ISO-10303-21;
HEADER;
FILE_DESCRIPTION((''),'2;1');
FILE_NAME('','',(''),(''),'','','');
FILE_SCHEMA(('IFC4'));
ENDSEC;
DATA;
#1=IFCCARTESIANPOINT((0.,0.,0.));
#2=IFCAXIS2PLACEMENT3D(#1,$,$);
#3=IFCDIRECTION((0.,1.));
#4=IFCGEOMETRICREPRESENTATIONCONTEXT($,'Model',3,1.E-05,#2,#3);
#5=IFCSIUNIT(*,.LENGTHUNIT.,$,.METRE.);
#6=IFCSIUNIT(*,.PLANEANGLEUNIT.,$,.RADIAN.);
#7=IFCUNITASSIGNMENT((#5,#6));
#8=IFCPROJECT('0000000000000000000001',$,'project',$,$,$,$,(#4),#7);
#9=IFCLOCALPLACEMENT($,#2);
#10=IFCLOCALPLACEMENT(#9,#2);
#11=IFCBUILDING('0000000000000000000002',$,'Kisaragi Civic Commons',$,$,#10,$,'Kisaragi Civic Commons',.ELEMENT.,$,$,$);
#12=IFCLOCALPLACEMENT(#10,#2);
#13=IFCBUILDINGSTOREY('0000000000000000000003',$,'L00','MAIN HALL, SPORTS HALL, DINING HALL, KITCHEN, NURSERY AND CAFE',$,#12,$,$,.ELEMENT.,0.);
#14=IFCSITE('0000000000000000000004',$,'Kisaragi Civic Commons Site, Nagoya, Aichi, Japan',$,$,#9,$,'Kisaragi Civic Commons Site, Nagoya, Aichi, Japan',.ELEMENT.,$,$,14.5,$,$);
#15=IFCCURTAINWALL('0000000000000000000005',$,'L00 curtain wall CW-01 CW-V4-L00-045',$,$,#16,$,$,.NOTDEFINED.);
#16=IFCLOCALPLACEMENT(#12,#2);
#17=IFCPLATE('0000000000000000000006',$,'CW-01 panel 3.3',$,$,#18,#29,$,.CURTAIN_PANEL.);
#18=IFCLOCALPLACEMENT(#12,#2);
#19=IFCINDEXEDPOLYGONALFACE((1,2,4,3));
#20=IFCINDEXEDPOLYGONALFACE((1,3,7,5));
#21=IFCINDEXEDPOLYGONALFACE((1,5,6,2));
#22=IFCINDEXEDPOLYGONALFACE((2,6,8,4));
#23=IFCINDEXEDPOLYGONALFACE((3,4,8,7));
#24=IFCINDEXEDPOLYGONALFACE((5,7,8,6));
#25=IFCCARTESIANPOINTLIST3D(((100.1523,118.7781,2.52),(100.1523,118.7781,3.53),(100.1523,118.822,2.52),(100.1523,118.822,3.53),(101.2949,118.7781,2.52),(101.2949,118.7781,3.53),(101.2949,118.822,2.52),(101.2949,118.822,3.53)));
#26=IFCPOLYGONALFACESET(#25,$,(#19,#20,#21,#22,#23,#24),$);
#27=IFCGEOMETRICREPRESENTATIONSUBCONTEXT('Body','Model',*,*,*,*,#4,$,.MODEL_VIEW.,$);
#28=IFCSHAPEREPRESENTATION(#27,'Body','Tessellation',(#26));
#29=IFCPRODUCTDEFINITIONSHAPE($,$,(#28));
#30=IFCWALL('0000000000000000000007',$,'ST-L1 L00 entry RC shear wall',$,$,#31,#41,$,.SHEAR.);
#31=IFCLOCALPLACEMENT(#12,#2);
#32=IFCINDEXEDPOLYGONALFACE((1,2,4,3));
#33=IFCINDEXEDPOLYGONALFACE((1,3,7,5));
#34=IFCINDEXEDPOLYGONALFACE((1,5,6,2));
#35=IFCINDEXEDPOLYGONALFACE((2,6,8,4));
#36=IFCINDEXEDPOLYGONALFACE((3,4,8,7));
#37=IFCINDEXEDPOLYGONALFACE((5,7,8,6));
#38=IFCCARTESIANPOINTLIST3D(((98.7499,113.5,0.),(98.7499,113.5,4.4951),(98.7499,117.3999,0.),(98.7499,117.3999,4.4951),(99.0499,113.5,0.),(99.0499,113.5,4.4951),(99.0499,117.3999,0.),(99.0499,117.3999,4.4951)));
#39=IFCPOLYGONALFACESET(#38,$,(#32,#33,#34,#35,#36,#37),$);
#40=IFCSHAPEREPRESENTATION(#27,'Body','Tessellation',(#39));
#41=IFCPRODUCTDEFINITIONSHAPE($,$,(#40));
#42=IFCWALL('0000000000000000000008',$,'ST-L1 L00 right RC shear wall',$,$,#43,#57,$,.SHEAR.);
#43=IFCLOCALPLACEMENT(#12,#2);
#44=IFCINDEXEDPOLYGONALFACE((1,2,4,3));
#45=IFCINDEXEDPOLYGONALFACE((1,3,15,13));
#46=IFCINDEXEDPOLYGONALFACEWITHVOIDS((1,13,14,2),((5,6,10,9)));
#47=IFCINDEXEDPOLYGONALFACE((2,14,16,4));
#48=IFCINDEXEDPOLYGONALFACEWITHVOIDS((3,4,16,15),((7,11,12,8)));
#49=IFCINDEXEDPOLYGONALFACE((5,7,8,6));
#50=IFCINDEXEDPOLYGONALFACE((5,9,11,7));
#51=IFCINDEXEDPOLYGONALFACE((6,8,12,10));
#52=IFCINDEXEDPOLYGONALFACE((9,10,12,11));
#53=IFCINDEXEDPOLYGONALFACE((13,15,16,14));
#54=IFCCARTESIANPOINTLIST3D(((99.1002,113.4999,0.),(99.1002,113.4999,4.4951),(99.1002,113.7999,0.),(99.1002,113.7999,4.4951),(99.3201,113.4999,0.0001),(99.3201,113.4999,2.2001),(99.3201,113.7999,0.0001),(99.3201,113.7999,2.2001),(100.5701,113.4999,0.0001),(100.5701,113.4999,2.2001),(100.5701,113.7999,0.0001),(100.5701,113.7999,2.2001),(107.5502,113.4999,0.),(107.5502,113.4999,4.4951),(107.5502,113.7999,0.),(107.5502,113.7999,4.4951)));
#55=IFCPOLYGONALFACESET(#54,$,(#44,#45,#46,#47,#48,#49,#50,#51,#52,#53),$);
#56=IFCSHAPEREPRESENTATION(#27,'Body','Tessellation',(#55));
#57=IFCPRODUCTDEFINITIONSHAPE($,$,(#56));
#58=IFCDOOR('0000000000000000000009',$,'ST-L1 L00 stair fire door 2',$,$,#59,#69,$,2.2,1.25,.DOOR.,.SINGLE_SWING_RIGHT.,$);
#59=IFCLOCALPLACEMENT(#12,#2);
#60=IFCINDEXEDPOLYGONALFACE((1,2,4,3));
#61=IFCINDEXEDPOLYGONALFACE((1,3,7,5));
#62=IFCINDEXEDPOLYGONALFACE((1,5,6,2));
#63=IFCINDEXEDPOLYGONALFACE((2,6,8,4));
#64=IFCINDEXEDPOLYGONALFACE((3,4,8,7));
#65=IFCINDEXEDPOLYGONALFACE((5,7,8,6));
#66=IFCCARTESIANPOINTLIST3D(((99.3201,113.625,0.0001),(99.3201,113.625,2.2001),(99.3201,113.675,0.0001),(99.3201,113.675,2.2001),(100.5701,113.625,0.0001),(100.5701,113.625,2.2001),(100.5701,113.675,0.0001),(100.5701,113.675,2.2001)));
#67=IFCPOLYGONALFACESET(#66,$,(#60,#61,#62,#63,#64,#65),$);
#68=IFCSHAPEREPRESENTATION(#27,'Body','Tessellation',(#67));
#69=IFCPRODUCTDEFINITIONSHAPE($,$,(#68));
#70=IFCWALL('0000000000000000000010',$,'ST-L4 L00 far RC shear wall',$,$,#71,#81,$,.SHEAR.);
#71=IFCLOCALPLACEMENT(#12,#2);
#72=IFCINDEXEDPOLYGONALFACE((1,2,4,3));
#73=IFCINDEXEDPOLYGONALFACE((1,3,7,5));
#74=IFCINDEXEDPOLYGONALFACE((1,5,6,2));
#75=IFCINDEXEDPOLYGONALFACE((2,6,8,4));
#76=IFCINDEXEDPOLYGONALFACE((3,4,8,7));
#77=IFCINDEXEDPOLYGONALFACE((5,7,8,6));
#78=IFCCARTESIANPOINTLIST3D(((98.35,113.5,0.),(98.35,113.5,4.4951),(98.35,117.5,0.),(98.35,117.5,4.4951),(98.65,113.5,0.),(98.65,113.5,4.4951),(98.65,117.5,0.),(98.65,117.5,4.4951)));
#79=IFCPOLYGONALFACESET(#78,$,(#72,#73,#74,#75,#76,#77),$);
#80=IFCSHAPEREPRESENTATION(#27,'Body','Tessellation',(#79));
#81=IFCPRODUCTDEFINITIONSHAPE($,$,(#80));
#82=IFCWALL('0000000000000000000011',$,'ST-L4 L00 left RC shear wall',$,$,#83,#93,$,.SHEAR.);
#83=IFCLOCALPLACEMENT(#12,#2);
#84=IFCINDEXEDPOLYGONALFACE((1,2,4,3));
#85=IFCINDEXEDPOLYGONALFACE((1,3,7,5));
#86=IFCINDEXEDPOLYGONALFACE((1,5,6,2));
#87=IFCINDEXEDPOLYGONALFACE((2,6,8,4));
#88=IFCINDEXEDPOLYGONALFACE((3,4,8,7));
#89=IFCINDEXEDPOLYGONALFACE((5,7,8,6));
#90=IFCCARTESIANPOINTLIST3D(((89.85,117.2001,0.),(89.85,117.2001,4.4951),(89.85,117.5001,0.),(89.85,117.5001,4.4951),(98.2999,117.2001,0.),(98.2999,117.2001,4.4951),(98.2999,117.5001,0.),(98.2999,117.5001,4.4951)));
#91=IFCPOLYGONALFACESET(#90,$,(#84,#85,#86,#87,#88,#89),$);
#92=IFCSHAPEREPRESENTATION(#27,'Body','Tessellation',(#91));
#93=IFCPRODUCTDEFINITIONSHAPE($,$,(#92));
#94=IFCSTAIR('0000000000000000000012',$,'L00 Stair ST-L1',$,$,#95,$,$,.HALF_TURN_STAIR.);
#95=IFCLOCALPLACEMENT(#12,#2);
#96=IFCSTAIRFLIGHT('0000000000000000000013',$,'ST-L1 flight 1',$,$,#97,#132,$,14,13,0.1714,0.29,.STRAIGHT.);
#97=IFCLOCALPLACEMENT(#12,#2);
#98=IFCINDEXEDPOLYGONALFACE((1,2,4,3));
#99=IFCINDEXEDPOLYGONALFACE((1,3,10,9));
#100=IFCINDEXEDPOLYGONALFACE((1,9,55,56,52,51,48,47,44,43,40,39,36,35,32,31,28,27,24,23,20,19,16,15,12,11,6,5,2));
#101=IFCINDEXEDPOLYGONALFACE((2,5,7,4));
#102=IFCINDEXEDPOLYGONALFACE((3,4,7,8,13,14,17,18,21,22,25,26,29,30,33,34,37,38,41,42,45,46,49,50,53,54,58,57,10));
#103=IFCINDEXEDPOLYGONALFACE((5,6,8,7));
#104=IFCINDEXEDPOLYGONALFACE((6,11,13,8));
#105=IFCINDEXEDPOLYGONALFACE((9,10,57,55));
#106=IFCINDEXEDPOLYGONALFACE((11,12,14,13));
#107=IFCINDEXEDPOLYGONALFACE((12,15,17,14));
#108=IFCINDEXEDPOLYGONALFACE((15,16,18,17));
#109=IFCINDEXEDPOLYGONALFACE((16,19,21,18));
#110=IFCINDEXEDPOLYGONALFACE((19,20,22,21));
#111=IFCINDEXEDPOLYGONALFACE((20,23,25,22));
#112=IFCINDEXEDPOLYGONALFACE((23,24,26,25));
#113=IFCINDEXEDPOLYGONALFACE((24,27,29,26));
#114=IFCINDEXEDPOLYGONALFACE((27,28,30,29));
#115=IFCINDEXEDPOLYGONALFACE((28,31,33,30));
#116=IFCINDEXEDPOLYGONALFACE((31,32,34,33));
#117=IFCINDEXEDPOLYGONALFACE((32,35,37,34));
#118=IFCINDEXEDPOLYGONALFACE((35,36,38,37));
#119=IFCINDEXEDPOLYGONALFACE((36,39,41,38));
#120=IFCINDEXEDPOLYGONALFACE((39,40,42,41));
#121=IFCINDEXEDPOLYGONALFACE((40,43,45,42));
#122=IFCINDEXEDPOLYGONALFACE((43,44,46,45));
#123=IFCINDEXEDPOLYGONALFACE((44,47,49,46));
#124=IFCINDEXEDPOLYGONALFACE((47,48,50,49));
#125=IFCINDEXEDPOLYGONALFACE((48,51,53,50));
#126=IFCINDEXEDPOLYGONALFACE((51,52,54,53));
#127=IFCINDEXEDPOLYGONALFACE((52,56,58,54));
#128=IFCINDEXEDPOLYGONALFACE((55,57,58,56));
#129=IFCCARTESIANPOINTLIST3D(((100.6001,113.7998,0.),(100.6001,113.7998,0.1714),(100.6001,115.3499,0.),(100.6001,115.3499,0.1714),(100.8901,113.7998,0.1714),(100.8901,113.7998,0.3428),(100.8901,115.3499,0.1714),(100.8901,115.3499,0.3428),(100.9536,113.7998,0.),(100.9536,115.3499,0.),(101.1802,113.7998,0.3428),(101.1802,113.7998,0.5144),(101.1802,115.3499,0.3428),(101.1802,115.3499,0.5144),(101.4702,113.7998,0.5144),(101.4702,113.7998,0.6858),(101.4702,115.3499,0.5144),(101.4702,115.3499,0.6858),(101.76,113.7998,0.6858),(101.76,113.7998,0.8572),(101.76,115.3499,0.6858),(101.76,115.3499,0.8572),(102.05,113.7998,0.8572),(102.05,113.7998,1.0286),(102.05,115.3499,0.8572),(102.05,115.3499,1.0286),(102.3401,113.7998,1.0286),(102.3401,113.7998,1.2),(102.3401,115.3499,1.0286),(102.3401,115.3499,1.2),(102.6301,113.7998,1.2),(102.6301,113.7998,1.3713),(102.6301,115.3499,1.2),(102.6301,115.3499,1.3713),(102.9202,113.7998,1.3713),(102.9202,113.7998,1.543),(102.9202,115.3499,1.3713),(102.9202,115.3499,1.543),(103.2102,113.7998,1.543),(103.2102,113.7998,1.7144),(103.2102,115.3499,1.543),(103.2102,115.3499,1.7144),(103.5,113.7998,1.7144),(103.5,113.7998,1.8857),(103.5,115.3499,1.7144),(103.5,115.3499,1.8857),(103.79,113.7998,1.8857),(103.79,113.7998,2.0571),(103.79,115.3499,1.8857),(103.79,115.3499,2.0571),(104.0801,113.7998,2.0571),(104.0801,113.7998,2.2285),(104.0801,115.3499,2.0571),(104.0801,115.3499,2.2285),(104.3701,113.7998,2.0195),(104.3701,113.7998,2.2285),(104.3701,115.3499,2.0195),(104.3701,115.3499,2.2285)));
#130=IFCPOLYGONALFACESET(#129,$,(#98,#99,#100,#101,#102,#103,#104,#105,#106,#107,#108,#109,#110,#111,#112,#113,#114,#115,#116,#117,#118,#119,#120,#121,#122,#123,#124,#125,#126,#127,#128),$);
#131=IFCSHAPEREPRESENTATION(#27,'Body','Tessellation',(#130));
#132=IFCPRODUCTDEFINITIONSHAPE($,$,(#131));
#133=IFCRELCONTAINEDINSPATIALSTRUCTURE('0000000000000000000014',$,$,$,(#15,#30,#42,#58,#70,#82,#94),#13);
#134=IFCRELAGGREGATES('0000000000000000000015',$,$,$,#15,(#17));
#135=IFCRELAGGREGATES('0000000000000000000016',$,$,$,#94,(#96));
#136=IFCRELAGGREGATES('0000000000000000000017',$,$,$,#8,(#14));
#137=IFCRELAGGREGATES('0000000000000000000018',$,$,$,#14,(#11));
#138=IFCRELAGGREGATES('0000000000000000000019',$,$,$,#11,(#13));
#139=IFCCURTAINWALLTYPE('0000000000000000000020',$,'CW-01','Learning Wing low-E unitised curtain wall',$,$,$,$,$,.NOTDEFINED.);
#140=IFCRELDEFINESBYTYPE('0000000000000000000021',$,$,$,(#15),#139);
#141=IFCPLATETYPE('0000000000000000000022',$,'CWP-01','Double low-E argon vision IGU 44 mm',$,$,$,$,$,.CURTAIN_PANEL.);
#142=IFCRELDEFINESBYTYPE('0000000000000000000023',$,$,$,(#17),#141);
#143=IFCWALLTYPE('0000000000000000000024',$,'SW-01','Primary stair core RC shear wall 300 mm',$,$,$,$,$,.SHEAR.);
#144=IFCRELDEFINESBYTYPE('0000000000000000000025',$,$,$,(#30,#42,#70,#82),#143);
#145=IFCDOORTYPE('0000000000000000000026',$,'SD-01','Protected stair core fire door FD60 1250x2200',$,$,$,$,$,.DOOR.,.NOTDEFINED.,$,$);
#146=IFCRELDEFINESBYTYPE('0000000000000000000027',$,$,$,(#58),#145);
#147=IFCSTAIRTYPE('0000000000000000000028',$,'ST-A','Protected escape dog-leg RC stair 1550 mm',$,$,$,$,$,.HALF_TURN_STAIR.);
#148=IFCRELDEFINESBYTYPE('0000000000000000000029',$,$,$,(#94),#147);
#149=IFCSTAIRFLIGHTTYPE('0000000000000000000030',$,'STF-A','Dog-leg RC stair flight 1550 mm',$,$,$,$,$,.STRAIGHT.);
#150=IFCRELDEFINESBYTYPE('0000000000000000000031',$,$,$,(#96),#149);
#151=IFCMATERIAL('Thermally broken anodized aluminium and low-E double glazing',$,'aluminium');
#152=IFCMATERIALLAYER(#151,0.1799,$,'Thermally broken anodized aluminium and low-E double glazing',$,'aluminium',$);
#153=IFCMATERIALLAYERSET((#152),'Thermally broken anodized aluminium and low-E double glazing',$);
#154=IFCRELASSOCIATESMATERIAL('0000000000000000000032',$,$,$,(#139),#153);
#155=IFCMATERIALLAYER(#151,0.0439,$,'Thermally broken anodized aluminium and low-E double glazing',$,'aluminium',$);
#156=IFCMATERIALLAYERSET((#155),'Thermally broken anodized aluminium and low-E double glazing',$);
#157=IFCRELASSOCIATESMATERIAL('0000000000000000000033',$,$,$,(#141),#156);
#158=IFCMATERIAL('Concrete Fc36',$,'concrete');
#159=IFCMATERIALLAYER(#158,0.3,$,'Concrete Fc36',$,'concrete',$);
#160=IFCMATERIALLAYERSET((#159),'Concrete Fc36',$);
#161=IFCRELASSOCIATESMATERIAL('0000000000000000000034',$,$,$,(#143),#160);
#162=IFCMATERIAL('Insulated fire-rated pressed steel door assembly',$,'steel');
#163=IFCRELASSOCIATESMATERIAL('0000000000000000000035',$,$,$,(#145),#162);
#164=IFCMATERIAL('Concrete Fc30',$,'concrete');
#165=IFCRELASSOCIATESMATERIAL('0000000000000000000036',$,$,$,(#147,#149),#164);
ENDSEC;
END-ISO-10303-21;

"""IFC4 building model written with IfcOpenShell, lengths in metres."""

from ifc_helpers import new_model, si_unit, direction, frame, frame_2d, origin, origin_2d, place, context, subcontext, project, spatial, polyline, rectangle, outline, extrude, material, layer, layer_set, type_object, element, fill, aggregate, save


model = new_model("IFC4")

# Units and contexts
model_context = context("Model", 3, precision=1e-05, world=origin(), true_north=direction((0.0, 1.0)))
body_context = subcontext(model_context, "Body", "Model", "MODEL_VIEW")
ifc_project = project(units=[si_unit("LENGTHUNIT", "METRE"), si_unit("PLANEANGLEUNIT", "RADIAN")], contexts=[model_context])

# Site, building, storey
site_placement = place(None, origin())
site = spatial("IfcSite", under=ifc_project, at=site_placement, Name="Kisaragi Civic Commons Site, Nagoya, Aichi, Japan", LongName="Kisaragi Civic Commons Site, Nagoya, Aichi, Japan", CompositionType="ELEMENT", RefElevation=14.5)
building_placement = place(site_placement, origin())
building = spatial("IfcBuilding", under=site, at=building_placement, Name="Kisaragi Civic Commons", LongName="Kisaragi Civic Commons", CompositionType="ELEMENT")
storey_placement = place(building_placement, origin())
storey = spatial("IfcBuildingStorey", under=building, at=storey_placement, Name="L00", Description="MAIN HALL, SPORTS HALL, DINING HALL, KITCHEN, NURSERY AND CAFE", CompositionType="ELEMENT", Elevation=0.0)

# Curtain wall
ifc_material_1 = material(Name="Thermally broken anodized aluminium and low-E double glazing", Category="aluminium")
ifc_layer_1 = layer(ifc_material_1, 0.1799, Name="Thermally broken anodized aluminium and low-E double glazing", Category="aluminium")
ifc_layer_set_1 = layer_set([ifc_layer_1], Name="Thermally broken anodized aluminium and low-E double glazing")
curtain_wall_type = type_object("IfcCurtainWallType", Name="CW-01", Description="Learning Wing low-E unitised curtain wall", PredefinedType="NOTDEFINED", material=ifc_layer_set_1)
curtain_wall_placement = place(storey_placement, origin())
curtain_wall = element("IfcCurtainWall", 1, at=curtain_wall_placement, inside=storey, type_object=curtain_wall_type, Name="L00 curtain wall CW-01 CW-V4-L00-045", PredefinedType="NOTDEFINED")

# Shared definitions
ifc_material_2 = material(Name="Concrete Fc30", Category="concrete")

# Plate
ifc_layer_2 = layer(ifc_material_1, 0.0439, Name="Thermally broken anodized aluminium and low-E double glazing", Category="aluminium")
ifc_layer_set_2 = layer_set([ifc_layer_2], Name="Thermally broken anodized aluminium and low-E double glazing")
plate_type = type_object("IfcPlateType", Name="CWP-01", Description="Double low-E argon vision IGU 44 mm", PredefinedType="CURTAIN_PANEL", material=ifc_layer_set_2)
plate_1_placement = place(storey_placement, frame((100.7236, 118.8, 2.52), z_axis=(0.0, 0.0, 1.0), x_axis=(1.0, 0.0, 0.0)))
plate_1 = element("IfcPlate", 2, at=plate_1_placement, type_object=plate_type, Name="CW-01 panel 3.3", PredefinedType="CURTAIN_PANEL", context=body_context, shape_type="SweptSolid", body=[
    extrude(rectangle(XDim=1.1426, YDim=0.0439, at=origin_2d()), origin(), (0.0, 0.0, 1.0), 1.01),
])
aggregate(curtain_wall, [plate_1])

# Wall
ifc_material_3 = material(Name="Concrete Fc36", Category="concrete")
ifc_layer_3 = layer(ifc_material_3, 0.3, Name="Concrete Fc36", Category="concrete")
ifc_layer_set_3 = layer_set([ifc_layer_3], Name="Concrete Fc36")
wall_type = type_object("IfcWallType", Name="SW-01", Description="Primary stair core RC shear wall 300 mm", PredefinedType="SHEAR", material=ifc_layer_set_3)
wall_1_placement = place(storey_placement, frame((98.8999, 117.3999, 0.0), z_axis=(0.0, 0.0, 1.0), x_axis=(0.0, -1.0, 0.0)))
element("IfcWall", 3, at=wall_1_placement, inside=storey, type_object=wall_type, Name="ST-L1 L00 entry RC shear wall", PredefinedType="SHEAR", context=body_context, shape_type="SweptSolid", body=[
    extrude(rectangle(XDim=3.8999, YDim=0.3, at=frame_2d((1.95, 0.0))), origin(), (0.0, 0.0, 1.0), 4.4951),
])

# Wall, opening, door
wall_2_placement = place(storey_placement, frame((99.1001, 113.6499, 0.0), z_axis=(0.0, 0.0, 1.0), x_axis=(1.0, 0.0, 0.0)))
wall_2 = element("IfcWall", 4, at=wall_2_placement, inside=storey, type_object=wall_type, Name="ST-L1 L00 right RC shear wall", PredefinedType="SHEAR", context=body_context, shape_type="SweptSolid", body=[
    extrude(rectangle(XDim=8.45, YDim=0.3, at=frame_2d((4.2251, 0.0))), origin(), (0.0, 0.0, 1.0), 4.4951),
])
opening_placement = place(wall_2_placement, frame((0.22, 0.0, 0.0)))
opening = element("IfcOpeningElement", 5, at=opening_placement, cuts=wall_2, PredefinedType="OPENING", context=body_context, shape_type="SweptSolid", body=[
    extrude(rectangle(XDim=1.25, YDim=2.2, at=frame_2d((0.625, 1.1001))), frame((0.0, 0.1599, 0.0), z_axis=(0.0, -1.0, 0.0), x_axis=(1.0, 0.0, 0.0)), (0.0, 0.0, 1.0), 0.3201),
])
ifc_material_4 = material(Name="Insulated fire-rated pressed steel door assembly", Category="steel")
door_type = type_object("IfcDoorType", Name="SD-01", Description="Protected stair core fire door FD60 1250x2200", OperationType="NOTDEFINED", PredefinedType="DOOR", material=ifc_material_4)
door_placement = place(opening_placement, frame((1.25, 0.0, 0.0), z_axis=(0.0, 0.0, 1.0), x_axis=(-1.0, 0.0, 0.0)))
door = element("IfcDoor", 6, at=door_placement, inside=storey, type_object=door_type, Name="ST-L1 L00 stair fire door 2", OperationType="SINGLE_SWING_RIGHT", OverallHeight=2.2, OverallWidth=1.25, PredefinedType="DOOR", context=body_context, shape_type="SweptSolid", body=[
    extrude(rectangle(XDim=1.25, YDim=2.2, at=frame_2d((0.625, 1.1001))), frame((0.0, 0.0249, 0.0), z_axis=(0.0, -1.0, 0.0), x_axis=(1.0, 0.0, 0.0)), (0.0, 0.0, 1.0), 0.05),
])
fill(opening, door)

# Walls
wall_3_placement = place(storey_placement, frame((98.5, 113.5, 0.0), z_axis=(0.0, 0.0, 1.0), x_axis=(0.0, 1.0, 0.0)))
element("IfcWall", 7, at=wall_3_placement, inside=storey, type_object=wall_type, Name="ST-L4 L00 far RC shear wall", PredefinedType="SHEAR", context=body_context, shape_type="SweptSolid", body=[
    extrude(rectangle(XDim=4.0, YDim=0.3, at=frame_2d((2.0, 0.0))), origin(), (0.0, 0.0, 1.0), 4.4951),
])
wall_4_placement = place(storey_placement, frame((98.3, 117.3501, 0.0), z_axis=(0.0, 0.0, 1.0), x_axis=(-1.0, 0.0, 0.0)))
element("IfcWall", 8, at=wall_4_placement, inside=storey, type_object=wall_type, Name="ST-L4 L00 left RC shear wall", PredefinedType="SHEAR", context=body_context, shape_type="SweptSolid", body=[
    extrude(rectangle(XDim=8.45, YDim=0.3, at=frame_2d((4.2251, 0.0))), origin(), (0.0, 0.0, 1.0), 4.4951),
])

# Stair, stair flight
stair_type = type_object("IfcStairType", Name="ST-A", Description="Protected escape dog-leg RC stair 1550 mm", PredefinedType="HALF_TURN_STAIR", material=ifc_material_2)
stair_placement = place(storey_placement, origin())
stair = element("IfcStair", 9, at=stair_placement, inside=storey, type_object=stair_type, Name="L00 Stair ST-L1", PredefinedType="HALF_TURN_STAIR")
stair_flight_type = type_object("IfcStairFlightType", Name="STF-A", Description="Dog-leg RC stair flight 1550 mm", PredefinedType="STRAIGHT", material=ifc_material_2)
stair_flight_placement = place(storey_placement, frame((100.6001, 114.575, 0.0), z_axis=(0.0, 0.0, 1.0), x_axis=(1.0, 0.0, 0.0)))
stair_flight = element("IfcStairFlight", 10, at=stair_flight_placement, type_object=stair_flight_type, Name="ST-L1 flight 1", NumberOfRisers=14, NumberOfTreads=13, PredefinedType="STRAIGHT", RiserHeight=0.1714, TreadLength=0.29, context=body_context, shape_type="SweptSolid", body=[
    extrude(outline(polyline([(0.0, 0.0), (0.0, 0.1714), (0.29, 0.1714), (0.29, 0.3428), (0.5801, 0.3428), (0.5801, 0.5144), (0.8701, 0.5144), (0.8701, 0.6858), (1.1599, 0.6858), (1.1599, 0.8572), (1.45, 0.8572), (1.45, 1.0286), (1.74, 1.0286), (1.74, 1.2), (2.03, 1.2), (2.03, 1.3713), (2.3201, 1.3713), (2.3201, 1.543), (2.6101, 1.543), (2.6101, 1.7144), (2.8999, 1.7144), (2.8999, 1.8857), (3.1899, 1.8857), (3.1899, 2.0571), (3.48, 2.0571), (3.48, 2.2285), (3.77, 2.2285), (3.77, 2.3999), (3.77, 2.0195), (0.3535, 0.0), (0.0, 0.0)])), frame((0.0, 0.7749, 0.0), z_axis=(0.0, -1.0, 0.0), x_axis=(1.0, 0.0, 0.0)), (0.0, 0.0, 1.0), 1.55),
])
aggregate(stair, [stair_flight])

save(model, "model.ifc")
